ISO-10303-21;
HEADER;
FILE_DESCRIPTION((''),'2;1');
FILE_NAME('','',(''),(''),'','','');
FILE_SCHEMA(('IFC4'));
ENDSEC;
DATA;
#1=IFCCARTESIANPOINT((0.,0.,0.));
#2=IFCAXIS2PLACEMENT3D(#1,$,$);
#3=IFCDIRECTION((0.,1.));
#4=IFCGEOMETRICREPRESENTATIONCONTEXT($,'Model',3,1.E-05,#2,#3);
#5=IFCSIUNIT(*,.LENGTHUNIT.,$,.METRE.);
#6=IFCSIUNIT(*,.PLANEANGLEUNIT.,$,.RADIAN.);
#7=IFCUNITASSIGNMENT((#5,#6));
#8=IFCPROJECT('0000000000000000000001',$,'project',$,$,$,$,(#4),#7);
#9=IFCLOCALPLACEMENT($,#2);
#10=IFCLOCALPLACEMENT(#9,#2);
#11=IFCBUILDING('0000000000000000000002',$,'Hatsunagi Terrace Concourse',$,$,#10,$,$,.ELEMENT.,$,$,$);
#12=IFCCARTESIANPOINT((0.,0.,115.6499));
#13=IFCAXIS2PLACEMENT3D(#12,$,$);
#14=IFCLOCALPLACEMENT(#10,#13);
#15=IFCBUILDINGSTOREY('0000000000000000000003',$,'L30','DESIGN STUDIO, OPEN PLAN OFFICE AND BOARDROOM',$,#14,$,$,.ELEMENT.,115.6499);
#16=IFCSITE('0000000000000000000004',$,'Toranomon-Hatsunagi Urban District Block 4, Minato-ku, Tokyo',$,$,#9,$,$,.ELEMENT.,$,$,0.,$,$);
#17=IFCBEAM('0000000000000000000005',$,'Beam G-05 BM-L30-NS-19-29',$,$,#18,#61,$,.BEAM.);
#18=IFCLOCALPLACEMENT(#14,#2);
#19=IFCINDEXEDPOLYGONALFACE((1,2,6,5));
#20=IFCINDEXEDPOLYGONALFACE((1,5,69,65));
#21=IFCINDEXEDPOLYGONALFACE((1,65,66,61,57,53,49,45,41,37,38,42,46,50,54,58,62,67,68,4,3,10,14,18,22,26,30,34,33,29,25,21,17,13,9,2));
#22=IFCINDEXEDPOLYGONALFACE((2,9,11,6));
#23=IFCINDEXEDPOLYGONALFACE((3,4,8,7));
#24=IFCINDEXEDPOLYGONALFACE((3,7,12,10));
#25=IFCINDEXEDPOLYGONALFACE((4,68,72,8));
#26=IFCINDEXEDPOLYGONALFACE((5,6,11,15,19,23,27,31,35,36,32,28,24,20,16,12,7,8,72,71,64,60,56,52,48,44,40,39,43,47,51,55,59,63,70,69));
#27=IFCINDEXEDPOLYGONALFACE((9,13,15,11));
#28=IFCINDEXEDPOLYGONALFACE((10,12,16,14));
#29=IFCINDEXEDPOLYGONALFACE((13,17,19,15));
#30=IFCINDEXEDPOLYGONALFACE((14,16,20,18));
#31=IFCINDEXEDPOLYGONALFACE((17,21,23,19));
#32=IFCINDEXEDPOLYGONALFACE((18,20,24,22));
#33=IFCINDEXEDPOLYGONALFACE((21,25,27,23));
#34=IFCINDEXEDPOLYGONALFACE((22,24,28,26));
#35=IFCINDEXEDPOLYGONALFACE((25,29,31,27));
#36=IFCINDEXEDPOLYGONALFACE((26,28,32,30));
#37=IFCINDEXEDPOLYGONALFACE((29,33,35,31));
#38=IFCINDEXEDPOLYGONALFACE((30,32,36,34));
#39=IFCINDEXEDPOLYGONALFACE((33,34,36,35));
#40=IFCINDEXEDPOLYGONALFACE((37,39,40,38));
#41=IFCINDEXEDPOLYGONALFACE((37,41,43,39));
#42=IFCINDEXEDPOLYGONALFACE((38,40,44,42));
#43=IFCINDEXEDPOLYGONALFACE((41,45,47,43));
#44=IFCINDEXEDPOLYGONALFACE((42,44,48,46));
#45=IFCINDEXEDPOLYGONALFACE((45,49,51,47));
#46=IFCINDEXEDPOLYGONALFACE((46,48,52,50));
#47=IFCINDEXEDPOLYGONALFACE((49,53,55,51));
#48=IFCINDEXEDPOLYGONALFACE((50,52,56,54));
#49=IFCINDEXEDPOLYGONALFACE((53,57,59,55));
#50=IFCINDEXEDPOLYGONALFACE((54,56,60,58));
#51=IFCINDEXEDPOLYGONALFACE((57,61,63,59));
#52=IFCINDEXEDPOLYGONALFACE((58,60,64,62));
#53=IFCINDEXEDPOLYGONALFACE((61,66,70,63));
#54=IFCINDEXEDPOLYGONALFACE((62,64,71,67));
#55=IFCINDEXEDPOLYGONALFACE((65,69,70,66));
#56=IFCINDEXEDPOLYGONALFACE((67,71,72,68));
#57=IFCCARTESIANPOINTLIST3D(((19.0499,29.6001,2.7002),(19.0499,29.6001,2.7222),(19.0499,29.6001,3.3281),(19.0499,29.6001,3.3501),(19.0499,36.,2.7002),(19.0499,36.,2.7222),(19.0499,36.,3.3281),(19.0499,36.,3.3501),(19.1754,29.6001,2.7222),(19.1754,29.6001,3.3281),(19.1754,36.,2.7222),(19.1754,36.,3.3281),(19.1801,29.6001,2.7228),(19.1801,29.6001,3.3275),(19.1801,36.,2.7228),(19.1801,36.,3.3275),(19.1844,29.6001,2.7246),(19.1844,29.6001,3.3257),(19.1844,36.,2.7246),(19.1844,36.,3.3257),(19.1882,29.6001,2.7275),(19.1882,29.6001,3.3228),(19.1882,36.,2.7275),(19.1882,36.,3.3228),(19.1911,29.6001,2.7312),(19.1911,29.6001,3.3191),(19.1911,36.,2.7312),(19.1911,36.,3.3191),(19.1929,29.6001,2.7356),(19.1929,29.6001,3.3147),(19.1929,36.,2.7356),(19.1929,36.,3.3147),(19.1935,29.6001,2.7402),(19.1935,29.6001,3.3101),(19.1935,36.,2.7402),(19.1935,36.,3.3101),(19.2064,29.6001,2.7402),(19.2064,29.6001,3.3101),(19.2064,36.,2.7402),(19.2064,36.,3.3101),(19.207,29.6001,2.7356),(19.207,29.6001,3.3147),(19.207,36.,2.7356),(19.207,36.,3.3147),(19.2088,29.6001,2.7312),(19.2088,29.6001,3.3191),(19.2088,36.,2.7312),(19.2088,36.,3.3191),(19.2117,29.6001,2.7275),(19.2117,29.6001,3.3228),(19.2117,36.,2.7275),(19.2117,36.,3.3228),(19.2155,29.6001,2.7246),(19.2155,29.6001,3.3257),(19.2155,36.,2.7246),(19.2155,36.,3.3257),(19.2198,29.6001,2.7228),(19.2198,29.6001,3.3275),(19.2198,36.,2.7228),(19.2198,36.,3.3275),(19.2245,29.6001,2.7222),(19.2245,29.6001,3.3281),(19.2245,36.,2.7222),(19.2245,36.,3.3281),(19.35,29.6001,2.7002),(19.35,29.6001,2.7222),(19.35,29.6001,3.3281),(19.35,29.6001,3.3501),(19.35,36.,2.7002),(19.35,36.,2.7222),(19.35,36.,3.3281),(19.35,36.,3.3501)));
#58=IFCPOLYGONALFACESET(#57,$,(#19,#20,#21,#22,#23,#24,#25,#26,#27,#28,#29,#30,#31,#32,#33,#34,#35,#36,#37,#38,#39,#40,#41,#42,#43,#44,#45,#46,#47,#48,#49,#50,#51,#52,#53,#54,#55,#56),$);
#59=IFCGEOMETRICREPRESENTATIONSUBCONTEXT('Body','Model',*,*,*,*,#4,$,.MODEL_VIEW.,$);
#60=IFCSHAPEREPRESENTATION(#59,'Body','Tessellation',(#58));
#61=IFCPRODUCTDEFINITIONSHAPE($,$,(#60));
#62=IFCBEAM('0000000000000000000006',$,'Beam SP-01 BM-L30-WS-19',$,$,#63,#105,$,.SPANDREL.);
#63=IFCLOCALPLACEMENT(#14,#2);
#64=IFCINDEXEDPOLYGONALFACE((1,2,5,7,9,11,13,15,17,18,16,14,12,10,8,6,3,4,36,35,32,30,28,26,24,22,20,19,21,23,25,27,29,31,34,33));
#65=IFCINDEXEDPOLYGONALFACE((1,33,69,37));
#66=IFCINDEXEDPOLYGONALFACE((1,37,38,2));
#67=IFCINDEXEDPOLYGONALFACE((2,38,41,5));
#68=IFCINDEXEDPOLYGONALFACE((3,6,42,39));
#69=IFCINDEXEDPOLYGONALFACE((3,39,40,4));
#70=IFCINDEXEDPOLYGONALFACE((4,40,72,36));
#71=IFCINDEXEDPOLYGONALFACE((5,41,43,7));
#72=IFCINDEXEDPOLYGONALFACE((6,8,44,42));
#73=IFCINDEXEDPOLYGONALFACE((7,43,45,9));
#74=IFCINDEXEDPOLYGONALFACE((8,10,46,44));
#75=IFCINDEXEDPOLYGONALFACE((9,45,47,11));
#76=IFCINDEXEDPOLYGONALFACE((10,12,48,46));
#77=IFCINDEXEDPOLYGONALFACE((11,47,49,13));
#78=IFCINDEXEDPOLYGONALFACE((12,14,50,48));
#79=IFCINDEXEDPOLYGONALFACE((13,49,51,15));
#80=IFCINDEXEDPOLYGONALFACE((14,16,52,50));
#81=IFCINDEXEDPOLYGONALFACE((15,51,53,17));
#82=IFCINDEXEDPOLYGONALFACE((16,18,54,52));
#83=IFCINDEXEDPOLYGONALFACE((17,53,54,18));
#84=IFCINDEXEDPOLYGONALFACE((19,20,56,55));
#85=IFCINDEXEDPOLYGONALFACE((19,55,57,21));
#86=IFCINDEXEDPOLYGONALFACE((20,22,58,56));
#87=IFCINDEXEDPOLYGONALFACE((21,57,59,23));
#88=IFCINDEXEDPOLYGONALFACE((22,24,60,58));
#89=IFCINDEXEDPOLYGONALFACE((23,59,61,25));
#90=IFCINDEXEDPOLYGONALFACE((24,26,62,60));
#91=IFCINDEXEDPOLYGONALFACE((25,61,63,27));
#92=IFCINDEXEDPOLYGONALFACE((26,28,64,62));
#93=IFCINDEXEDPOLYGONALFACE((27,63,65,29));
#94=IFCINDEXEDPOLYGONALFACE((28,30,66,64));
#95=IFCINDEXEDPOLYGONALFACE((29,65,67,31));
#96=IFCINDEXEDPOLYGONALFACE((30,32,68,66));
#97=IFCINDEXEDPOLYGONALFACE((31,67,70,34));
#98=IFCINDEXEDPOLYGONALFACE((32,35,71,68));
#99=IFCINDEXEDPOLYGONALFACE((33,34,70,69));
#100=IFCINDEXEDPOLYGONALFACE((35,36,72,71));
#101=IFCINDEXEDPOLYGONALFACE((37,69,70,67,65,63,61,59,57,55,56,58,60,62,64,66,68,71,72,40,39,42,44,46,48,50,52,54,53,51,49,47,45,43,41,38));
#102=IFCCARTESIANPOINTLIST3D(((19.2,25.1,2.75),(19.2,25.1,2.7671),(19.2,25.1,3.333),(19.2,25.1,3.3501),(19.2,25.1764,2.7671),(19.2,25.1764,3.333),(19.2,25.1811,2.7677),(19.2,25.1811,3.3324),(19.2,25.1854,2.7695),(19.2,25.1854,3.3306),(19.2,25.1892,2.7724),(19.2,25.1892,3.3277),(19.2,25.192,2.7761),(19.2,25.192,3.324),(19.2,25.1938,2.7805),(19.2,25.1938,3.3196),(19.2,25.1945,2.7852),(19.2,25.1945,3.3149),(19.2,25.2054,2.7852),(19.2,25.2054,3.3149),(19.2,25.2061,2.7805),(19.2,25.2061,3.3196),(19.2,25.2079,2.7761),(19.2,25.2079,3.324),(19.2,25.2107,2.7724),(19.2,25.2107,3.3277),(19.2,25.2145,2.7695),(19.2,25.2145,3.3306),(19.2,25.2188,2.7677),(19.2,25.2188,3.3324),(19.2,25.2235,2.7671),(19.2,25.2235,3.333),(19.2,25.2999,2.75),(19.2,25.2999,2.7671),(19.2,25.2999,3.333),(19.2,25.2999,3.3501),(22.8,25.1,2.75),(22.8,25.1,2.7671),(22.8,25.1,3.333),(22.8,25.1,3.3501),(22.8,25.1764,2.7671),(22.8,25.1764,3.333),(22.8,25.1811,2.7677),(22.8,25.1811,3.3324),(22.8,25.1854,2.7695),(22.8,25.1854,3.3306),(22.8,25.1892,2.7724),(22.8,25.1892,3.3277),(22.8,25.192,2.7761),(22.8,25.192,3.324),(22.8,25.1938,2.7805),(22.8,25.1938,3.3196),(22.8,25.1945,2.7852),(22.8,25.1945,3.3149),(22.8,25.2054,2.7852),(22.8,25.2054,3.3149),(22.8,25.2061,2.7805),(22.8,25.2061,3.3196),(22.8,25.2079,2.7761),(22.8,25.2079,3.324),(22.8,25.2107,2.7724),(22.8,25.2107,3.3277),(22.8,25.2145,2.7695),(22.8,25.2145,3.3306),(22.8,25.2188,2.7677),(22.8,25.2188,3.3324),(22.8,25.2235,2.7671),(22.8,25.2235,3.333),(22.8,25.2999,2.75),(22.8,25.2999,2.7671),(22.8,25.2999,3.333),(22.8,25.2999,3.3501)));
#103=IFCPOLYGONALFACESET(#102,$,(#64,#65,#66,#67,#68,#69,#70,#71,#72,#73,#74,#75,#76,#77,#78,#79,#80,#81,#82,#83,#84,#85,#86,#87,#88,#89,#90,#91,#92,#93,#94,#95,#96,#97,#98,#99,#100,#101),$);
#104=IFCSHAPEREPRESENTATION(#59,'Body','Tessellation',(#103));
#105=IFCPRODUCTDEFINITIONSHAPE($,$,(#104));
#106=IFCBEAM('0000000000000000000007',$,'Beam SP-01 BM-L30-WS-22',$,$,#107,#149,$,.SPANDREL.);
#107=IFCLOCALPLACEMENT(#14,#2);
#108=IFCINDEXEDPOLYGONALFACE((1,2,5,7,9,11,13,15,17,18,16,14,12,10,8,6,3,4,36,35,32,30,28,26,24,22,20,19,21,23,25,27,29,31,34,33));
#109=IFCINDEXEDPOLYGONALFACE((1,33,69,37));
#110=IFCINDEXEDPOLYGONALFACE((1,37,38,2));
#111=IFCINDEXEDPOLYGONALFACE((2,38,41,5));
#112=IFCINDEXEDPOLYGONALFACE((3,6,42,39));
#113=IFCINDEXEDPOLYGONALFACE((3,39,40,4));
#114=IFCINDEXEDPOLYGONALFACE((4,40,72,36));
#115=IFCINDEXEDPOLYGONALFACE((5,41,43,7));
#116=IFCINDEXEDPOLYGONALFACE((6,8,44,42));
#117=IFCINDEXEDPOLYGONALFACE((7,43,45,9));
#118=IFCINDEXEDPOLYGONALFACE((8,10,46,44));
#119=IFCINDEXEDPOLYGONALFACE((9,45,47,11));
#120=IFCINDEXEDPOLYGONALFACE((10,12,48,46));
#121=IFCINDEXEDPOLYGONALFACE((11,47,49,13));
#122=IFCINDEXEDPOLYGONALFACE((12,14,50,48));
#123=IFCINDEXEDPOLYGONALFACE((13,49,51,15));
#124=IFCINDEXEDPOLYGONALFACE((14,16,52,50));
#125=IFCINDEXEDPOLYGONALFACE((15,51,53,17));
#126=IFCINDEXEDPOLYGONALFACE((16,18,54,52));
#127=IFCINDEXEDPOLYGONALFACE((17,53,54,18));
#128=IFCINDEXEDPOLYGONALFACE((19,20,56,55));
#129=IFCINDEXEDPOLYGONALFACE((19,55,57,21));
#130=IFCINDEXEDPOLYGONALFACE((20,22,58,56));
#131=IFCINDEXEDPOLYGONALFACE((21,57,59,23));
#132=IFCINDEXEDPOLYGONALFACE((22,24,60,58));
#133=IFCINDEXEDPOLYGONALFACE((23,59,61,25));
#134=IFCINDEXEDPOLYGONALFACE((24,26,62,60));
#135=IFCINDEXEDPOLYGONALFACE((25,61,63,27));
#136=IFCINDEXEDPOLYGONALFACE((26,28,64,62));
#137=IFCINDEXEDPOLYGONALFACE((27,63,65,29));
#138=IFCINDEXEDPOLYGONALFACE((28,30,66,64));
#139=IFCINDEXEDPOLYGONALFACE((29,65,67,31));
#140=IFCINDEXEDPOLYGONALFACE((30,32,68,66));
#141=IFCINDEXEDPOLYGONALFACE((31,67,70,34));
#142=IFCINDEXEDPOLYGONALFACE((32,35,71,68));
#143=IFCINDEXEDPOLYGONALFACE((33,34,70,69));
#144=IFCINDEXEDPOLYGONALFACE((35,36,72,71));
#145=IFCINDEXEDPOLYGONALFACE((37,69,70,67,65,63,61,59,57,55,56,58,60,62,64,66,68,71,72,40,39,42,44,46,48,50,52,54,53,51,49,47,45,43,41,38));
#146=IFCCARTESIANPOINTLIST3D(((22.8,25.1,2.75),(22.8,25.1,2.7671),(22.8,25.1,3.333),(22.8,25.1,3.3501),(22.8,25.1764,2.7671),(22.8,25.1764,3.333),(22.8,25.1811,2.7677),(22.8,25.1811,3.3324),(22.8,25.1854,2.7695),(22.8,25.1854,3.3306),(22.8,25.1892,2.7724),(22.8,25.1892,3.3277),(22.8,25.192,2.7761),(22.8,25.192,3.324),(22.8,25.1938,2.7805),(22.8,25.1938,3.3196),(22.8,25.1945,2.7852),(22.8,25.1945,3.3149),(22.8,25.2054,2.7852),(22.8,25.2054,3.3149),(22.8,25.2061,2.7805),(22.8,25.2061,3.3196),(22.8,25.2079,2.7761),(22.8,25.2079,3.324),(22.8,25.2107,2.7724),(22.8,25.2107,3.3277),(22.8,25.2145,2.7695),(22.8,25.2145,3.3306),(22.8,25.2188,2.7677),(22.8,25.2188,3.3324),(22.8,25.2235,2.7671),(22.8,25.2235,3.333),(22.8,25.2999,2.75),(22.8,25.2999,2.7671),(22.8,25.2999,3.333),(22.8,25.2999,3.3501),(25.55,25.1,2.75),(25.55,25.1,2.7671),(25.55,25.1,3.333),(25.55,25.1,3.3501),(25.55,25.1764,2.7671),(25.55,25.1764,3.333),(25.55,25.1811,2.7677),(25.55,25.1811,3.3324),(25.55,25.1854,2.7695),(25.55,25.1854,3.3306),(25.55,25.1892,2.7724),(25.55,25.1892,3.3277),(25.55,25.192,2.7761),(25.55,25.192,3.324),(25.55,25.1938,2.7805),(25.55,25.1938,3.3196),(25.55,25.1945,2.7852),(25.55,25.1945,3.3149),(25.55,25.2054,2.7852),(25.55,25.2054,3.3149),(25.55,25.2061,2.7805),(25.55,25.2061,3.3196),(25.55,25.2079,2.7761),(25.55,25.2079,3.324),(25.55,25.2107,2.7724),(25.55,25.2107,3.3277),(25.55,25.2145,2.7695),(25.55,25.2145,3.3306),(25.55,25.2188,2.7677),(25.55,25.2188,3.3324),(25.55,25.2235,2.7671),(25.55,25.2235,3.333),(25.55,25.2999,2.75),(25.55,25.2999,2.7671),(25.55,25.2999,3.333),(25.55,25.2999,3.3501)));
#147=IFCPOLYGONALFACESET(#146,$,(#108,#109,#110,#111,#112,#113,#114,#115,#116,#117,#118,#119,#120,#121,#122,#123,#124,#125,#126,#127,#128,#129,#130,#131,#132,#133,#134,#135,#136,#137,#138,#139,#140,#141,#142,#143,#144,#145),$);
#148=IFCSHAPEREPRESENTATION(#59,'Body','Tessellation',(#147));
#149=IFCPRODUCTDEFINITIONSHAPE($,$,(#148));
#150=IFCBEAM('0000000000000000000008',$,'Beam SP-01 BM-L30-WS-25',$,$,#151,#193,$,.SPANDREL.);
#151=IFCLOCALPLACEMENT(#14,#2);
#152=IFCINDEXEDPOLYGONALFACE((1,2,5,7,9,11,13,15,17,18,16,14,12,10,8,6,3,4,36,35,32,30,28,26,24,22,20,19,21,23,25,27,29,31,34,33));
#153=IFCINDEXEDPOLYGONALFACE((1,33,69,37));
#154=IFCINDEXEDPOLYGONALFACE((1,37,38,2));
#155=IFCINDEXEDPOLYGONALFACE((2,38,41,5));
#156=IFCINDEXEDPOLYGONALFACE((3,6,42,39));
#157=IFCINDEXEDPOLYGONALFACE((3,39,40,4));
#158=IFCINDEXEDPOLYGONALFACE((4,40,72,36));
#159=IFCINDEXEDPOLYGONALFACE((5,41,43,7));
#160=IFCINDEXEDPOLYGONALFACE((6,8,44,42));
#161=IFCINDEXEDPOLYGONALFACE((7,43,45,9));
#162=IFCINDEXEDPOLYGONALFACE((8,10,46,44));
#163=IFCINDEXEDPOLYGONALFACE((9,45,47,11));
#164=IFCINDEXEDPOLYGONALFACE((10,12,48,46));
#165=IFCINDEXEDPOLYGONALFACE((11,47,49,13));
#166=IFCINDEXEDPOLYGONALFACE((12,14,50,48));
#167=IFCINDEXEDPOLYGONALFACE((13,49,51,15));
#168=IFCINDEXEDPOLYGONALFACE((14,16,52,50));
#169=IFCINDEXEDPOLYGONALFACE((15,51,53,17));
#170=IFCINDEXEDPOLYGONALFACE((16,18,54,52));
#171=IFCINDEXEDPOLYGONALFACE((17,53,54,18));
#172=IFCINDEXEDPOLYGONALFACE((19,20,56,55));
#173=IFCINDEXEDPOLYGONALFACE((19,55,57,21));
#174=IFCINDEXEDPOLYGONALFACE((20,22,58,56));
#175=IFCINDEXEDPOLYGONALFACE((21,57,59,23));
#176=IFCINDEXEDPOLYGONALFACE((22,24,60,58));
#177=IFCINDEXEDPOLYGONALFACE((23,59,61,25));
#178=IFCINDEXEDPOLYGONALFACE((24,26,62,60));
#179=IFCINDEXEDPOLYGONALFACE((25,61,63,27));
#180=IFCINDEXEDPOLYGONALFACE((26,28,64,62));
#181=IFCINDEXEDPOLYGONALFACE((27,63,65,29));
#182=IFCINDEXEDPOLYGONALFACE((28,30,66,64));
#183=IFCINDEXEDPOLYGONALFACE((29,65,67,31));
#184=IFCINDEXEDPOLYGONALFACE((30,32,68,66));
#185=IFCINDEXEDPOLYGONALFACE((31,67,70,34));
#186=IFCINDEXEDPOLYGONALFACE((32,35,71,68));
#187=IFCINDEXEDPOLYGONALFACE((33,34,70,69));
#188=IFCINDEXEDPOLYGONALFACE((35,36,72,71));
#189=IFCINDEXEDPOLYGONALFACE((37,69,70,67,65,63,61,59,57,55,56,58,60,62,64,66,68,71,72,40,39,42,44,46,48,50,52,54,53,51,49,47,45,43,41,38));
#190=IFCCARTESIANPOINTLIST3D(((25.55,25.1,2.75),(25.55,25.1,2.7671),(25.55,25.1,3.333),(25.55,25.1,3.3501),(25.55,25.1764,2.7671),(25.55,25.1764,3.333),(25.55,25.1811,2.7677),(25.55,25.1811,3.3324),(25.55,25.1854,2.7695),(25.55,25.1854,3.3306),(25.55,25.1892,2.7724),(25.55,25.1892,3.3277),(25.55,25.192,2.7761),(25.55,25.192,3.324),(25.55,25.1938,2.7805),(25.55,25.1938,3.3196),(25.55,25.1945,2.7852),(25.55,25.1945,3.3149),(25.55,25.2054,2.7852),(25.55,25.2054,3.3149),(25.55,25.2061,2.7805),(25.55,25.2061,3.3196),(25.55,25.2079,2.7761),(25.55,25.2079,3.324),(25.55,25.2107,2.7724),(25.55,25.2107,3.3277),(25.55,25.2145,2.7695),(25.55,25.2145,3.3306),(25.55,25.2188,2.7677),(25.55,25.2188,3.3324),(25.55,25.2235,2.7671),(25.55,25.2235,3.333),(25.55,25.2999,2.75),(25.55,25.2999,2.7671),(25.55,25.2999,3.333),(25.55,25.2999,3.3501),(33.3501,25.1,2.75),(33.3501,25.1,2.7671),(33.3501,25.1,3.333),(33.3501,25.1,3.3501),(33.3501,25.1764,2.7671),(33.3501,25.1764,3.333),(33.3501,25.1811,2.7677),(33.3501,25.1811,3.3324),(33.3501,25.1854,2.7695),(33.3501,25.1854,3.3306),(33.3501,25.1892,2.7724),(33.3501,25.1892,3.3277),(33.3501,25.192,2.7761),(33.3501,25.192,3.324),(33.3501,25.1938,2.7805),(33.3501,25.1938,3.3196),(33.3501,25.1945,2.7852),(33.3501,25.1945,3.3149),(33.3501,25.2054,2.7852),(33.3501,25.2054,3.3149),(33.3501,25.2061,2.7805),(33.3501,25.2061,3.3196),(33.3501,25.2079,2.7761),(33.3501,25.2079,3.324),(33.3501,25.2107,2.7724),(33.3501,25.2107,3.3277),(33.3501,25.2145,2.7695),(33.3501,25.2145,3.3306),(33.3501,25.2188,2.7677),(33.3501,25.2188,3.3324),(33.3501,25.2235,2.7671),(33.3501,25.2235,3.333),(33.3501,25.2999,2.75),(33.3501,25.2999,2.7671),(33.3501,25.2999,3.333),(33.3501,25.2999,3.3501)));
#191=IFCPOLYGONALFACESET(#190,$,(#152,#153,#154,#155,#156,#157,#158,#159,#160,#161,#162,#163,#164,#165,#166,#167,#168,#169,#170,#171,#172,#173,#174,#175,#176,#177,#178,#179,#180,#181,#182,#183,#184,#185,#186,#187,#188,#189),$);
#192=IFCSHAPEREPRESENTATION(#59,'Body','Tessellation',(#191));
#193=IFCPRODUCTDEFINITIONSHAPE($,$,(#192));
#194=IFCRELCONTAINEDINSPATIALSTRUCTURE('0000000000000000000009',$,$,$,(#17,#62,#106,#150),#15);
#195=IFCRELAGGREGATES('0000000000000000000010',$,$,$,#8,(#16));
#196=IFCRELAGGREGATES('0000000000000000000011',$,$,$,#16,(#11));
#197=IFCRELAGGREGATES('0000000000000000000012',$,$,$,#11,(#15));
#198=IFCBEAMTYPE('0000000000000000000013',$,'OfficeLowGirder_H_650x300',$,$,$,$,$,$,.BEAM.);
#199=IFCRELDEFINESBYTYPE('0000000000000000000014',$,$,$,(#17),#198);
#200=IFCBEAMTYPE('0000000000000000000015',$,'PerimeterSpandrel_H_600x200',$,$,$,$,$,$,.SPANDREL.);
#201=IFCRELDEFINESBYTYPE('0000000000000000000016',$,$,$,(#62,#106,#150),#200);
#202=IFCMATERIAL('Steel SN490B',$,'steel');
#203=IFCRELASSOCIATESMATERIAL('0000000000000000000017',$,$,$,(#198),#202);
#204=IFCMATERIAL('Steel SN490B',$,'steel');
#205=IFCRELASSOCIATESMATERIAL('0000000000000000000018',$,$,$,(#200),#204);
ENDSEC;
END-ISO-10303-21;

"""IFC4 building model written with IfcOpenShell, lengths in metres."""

from ifc_helpers import new_model, si_unit, direction, frame, origin, origin_2d, place, context, subcontext, project, spatial, i_section, extrude, material, material_profile, profile_set, type_object, element, save


model = new_model("IFC4")

# Units and contexts
model_context = context("Model", 3, precision=1e-05, world=origin(), true_north=direction((0.0, 1.0)))
body_context = subcontext(model_context, "Body", "Model", "MODEL_VIEW")
ifc_project = project(units=[si_unit("LENGTHUNIT", "METRE"), si_unit("PLANEANGLEUNIT", "RADIAN")], contexts=[model_context])

# Site, building, storey
site_placement = place(None, origin())
site = spatial("IfcSite", under=ifc_project, at=site_placement, Name="Toranomon-Hatsunagi Urban District Block 4, Minato-ku, Tokyo", CompositionType="ELEMENT", RefElevation=0.0)
building_placement = place(site_placement, origin())
building = spatial("IfcBuilding", under=site, at=building_placement, Name="Hatsunagi Terrace Concourse", CompositionType="ELEMENT")
storey_placement = place(building_placement, frame((0.0, 0.0, 115.6499)))
storey = spatial("IfcBuildingStorey", under=building, at=storey_placement, Name="L30", Description="DESIGN STUDIO, OPEN PLAN OFFICE AND BOARDROOM", CompositionType="ELEMENT", Elevation=115.6499)

# Beams
ifc_material_1 = material(Name="Steel SN490B", Category="steel")
ifc_material_profile_1 = material_profile(ifc_material_1, i_section(OverallWidth=0.3, OverallDepth=0.6499, WebThickness=0.0129, FlangeThickness=0.022, FilletRadius=0.0181, at=origin_2d()), Name="H-650x300x13x22")
ifc_profile_set_1 = profile_set([ifc_material_profile_1], Name="Steel SN490B")
beam_type_1 = type_object("IfcBeamType", Name="OfficeLowGirder_H_650x300", PredefinedType="BEAM", material=ifc_profile_set_1)
beam_1_placement = place(storey_placement, frame((19.2, 29.6001, 3.0251), z_axis=(0.0, 1.0, 0.0), x_axis=(-1.0, 0.0, 0.0)))
element("IfcBeam", 1, at=beam_1_placement, inside=storey, type_object=beam_type_1, Name="Beam G-05 BM-L30-NS-19-29", PredefinedType="BEAM", context=body_context, shape_type="SweptSolid", body=[
    extrude(i_section(OverallWidth=0.3, OverallDepth=0.6499, WebThickness=0.0129, FlangeThickness=0.022, FilletRadius=0.0181, at=origin_2d()), origin(), (0.0, 0.0, 1.0), 6.3999),
])
ifc_material_2 = material(Name="Steel SN490B", Category="steel")
ifc_material_profile_2 = material_profile(ifc_material_2, i_section(OverallWidth=0.2, OverallDepth=0.6001, WebThickness=0.011, FlangeThickness=0.0171, FilletRadius=0.0181, at=origin_2d()), Name="H-600x200x11x17")
ifc_profile_set_2 = profile_set([ifc_material_profile_2], Name="Steel SN490B")
beam_type_2 = type_object("IfcBeamType", Name="PerimeterSpandrel_H_600x200", PredefinedType="SPANDREL", material=ifc_profile_set_2)
beam_2_placement = place(storey_placement, frame((19.2, 25.2, 3.05), z_axis=(1.0, 0.0, 0.0), x_axis=(0.0, 1.0, 0.0)))
element("IfcBeam", 2, at=beam_2_placement, inside=storey, type_object=beam_type_2, Name="Beam SP-01 BM-L30-WS-19", PredefinedType="SPANDREL", context=body_context, shape_type="SweptSolid", body=[
    extrude(i_section(OverallWidth=0.2, OverallDepth=0.6001, WebThickness=0.011, FlangeThickness=0.0171, FilletRadius=0.0181, at=origin_2d()), origin(), (0.0, 0.0, 1.0), 3.6001),
])
beam_3_placement = place(storey_placement, frame((22.8, 25.2, 3.05), z_axis=(1.0, 0.0, 0.0), x_axis=(0.0, 1.0, 0.0)))
element("IfcBeam", 3, at=beam_3_placement, inside=storey, type_object=beam_type_2, Name="Beam SP-01 BM-L30-WS-22", PredefinedType="SPANDREL", context=body_context, shape_type="SweptSolid", body=[
    extrude(i_section(OverallWidth=0.2, OverallDepth=0.6001, WebThickness=0.011, FlangeThickness=0.0171, FilletRadius=0.0181, at=origin_2d()), origin(), (0.0, 0.0, 1.0), 2.75),
])
beam_4_placement = place(storey_placement, frame((25.55, 25.2, 3.05), z_axis=(1.0, 0.0, 0.0), x_axis=(0.0, 1.0, 0.0)))
element("IfcBeam", 4, at=beam_4_placement, inside=storey, type_object=beam_type_2, Name="Beam SP-01 BM-L30-WS-25", PredefinedType="SPANDREL", context=body_context, shape_type="SweptSolid", body=[
    extrude(i_section(OverallWidth=0.2, OverallDepth=0.6001, WebThickness=0.011, FlangeThickness=0.0171, FilletRadius=0.0181, at=origin_2d()), origin(), (0.0, 0.0, 1.0), 7.8),
])

save(model, "model.ifc")
